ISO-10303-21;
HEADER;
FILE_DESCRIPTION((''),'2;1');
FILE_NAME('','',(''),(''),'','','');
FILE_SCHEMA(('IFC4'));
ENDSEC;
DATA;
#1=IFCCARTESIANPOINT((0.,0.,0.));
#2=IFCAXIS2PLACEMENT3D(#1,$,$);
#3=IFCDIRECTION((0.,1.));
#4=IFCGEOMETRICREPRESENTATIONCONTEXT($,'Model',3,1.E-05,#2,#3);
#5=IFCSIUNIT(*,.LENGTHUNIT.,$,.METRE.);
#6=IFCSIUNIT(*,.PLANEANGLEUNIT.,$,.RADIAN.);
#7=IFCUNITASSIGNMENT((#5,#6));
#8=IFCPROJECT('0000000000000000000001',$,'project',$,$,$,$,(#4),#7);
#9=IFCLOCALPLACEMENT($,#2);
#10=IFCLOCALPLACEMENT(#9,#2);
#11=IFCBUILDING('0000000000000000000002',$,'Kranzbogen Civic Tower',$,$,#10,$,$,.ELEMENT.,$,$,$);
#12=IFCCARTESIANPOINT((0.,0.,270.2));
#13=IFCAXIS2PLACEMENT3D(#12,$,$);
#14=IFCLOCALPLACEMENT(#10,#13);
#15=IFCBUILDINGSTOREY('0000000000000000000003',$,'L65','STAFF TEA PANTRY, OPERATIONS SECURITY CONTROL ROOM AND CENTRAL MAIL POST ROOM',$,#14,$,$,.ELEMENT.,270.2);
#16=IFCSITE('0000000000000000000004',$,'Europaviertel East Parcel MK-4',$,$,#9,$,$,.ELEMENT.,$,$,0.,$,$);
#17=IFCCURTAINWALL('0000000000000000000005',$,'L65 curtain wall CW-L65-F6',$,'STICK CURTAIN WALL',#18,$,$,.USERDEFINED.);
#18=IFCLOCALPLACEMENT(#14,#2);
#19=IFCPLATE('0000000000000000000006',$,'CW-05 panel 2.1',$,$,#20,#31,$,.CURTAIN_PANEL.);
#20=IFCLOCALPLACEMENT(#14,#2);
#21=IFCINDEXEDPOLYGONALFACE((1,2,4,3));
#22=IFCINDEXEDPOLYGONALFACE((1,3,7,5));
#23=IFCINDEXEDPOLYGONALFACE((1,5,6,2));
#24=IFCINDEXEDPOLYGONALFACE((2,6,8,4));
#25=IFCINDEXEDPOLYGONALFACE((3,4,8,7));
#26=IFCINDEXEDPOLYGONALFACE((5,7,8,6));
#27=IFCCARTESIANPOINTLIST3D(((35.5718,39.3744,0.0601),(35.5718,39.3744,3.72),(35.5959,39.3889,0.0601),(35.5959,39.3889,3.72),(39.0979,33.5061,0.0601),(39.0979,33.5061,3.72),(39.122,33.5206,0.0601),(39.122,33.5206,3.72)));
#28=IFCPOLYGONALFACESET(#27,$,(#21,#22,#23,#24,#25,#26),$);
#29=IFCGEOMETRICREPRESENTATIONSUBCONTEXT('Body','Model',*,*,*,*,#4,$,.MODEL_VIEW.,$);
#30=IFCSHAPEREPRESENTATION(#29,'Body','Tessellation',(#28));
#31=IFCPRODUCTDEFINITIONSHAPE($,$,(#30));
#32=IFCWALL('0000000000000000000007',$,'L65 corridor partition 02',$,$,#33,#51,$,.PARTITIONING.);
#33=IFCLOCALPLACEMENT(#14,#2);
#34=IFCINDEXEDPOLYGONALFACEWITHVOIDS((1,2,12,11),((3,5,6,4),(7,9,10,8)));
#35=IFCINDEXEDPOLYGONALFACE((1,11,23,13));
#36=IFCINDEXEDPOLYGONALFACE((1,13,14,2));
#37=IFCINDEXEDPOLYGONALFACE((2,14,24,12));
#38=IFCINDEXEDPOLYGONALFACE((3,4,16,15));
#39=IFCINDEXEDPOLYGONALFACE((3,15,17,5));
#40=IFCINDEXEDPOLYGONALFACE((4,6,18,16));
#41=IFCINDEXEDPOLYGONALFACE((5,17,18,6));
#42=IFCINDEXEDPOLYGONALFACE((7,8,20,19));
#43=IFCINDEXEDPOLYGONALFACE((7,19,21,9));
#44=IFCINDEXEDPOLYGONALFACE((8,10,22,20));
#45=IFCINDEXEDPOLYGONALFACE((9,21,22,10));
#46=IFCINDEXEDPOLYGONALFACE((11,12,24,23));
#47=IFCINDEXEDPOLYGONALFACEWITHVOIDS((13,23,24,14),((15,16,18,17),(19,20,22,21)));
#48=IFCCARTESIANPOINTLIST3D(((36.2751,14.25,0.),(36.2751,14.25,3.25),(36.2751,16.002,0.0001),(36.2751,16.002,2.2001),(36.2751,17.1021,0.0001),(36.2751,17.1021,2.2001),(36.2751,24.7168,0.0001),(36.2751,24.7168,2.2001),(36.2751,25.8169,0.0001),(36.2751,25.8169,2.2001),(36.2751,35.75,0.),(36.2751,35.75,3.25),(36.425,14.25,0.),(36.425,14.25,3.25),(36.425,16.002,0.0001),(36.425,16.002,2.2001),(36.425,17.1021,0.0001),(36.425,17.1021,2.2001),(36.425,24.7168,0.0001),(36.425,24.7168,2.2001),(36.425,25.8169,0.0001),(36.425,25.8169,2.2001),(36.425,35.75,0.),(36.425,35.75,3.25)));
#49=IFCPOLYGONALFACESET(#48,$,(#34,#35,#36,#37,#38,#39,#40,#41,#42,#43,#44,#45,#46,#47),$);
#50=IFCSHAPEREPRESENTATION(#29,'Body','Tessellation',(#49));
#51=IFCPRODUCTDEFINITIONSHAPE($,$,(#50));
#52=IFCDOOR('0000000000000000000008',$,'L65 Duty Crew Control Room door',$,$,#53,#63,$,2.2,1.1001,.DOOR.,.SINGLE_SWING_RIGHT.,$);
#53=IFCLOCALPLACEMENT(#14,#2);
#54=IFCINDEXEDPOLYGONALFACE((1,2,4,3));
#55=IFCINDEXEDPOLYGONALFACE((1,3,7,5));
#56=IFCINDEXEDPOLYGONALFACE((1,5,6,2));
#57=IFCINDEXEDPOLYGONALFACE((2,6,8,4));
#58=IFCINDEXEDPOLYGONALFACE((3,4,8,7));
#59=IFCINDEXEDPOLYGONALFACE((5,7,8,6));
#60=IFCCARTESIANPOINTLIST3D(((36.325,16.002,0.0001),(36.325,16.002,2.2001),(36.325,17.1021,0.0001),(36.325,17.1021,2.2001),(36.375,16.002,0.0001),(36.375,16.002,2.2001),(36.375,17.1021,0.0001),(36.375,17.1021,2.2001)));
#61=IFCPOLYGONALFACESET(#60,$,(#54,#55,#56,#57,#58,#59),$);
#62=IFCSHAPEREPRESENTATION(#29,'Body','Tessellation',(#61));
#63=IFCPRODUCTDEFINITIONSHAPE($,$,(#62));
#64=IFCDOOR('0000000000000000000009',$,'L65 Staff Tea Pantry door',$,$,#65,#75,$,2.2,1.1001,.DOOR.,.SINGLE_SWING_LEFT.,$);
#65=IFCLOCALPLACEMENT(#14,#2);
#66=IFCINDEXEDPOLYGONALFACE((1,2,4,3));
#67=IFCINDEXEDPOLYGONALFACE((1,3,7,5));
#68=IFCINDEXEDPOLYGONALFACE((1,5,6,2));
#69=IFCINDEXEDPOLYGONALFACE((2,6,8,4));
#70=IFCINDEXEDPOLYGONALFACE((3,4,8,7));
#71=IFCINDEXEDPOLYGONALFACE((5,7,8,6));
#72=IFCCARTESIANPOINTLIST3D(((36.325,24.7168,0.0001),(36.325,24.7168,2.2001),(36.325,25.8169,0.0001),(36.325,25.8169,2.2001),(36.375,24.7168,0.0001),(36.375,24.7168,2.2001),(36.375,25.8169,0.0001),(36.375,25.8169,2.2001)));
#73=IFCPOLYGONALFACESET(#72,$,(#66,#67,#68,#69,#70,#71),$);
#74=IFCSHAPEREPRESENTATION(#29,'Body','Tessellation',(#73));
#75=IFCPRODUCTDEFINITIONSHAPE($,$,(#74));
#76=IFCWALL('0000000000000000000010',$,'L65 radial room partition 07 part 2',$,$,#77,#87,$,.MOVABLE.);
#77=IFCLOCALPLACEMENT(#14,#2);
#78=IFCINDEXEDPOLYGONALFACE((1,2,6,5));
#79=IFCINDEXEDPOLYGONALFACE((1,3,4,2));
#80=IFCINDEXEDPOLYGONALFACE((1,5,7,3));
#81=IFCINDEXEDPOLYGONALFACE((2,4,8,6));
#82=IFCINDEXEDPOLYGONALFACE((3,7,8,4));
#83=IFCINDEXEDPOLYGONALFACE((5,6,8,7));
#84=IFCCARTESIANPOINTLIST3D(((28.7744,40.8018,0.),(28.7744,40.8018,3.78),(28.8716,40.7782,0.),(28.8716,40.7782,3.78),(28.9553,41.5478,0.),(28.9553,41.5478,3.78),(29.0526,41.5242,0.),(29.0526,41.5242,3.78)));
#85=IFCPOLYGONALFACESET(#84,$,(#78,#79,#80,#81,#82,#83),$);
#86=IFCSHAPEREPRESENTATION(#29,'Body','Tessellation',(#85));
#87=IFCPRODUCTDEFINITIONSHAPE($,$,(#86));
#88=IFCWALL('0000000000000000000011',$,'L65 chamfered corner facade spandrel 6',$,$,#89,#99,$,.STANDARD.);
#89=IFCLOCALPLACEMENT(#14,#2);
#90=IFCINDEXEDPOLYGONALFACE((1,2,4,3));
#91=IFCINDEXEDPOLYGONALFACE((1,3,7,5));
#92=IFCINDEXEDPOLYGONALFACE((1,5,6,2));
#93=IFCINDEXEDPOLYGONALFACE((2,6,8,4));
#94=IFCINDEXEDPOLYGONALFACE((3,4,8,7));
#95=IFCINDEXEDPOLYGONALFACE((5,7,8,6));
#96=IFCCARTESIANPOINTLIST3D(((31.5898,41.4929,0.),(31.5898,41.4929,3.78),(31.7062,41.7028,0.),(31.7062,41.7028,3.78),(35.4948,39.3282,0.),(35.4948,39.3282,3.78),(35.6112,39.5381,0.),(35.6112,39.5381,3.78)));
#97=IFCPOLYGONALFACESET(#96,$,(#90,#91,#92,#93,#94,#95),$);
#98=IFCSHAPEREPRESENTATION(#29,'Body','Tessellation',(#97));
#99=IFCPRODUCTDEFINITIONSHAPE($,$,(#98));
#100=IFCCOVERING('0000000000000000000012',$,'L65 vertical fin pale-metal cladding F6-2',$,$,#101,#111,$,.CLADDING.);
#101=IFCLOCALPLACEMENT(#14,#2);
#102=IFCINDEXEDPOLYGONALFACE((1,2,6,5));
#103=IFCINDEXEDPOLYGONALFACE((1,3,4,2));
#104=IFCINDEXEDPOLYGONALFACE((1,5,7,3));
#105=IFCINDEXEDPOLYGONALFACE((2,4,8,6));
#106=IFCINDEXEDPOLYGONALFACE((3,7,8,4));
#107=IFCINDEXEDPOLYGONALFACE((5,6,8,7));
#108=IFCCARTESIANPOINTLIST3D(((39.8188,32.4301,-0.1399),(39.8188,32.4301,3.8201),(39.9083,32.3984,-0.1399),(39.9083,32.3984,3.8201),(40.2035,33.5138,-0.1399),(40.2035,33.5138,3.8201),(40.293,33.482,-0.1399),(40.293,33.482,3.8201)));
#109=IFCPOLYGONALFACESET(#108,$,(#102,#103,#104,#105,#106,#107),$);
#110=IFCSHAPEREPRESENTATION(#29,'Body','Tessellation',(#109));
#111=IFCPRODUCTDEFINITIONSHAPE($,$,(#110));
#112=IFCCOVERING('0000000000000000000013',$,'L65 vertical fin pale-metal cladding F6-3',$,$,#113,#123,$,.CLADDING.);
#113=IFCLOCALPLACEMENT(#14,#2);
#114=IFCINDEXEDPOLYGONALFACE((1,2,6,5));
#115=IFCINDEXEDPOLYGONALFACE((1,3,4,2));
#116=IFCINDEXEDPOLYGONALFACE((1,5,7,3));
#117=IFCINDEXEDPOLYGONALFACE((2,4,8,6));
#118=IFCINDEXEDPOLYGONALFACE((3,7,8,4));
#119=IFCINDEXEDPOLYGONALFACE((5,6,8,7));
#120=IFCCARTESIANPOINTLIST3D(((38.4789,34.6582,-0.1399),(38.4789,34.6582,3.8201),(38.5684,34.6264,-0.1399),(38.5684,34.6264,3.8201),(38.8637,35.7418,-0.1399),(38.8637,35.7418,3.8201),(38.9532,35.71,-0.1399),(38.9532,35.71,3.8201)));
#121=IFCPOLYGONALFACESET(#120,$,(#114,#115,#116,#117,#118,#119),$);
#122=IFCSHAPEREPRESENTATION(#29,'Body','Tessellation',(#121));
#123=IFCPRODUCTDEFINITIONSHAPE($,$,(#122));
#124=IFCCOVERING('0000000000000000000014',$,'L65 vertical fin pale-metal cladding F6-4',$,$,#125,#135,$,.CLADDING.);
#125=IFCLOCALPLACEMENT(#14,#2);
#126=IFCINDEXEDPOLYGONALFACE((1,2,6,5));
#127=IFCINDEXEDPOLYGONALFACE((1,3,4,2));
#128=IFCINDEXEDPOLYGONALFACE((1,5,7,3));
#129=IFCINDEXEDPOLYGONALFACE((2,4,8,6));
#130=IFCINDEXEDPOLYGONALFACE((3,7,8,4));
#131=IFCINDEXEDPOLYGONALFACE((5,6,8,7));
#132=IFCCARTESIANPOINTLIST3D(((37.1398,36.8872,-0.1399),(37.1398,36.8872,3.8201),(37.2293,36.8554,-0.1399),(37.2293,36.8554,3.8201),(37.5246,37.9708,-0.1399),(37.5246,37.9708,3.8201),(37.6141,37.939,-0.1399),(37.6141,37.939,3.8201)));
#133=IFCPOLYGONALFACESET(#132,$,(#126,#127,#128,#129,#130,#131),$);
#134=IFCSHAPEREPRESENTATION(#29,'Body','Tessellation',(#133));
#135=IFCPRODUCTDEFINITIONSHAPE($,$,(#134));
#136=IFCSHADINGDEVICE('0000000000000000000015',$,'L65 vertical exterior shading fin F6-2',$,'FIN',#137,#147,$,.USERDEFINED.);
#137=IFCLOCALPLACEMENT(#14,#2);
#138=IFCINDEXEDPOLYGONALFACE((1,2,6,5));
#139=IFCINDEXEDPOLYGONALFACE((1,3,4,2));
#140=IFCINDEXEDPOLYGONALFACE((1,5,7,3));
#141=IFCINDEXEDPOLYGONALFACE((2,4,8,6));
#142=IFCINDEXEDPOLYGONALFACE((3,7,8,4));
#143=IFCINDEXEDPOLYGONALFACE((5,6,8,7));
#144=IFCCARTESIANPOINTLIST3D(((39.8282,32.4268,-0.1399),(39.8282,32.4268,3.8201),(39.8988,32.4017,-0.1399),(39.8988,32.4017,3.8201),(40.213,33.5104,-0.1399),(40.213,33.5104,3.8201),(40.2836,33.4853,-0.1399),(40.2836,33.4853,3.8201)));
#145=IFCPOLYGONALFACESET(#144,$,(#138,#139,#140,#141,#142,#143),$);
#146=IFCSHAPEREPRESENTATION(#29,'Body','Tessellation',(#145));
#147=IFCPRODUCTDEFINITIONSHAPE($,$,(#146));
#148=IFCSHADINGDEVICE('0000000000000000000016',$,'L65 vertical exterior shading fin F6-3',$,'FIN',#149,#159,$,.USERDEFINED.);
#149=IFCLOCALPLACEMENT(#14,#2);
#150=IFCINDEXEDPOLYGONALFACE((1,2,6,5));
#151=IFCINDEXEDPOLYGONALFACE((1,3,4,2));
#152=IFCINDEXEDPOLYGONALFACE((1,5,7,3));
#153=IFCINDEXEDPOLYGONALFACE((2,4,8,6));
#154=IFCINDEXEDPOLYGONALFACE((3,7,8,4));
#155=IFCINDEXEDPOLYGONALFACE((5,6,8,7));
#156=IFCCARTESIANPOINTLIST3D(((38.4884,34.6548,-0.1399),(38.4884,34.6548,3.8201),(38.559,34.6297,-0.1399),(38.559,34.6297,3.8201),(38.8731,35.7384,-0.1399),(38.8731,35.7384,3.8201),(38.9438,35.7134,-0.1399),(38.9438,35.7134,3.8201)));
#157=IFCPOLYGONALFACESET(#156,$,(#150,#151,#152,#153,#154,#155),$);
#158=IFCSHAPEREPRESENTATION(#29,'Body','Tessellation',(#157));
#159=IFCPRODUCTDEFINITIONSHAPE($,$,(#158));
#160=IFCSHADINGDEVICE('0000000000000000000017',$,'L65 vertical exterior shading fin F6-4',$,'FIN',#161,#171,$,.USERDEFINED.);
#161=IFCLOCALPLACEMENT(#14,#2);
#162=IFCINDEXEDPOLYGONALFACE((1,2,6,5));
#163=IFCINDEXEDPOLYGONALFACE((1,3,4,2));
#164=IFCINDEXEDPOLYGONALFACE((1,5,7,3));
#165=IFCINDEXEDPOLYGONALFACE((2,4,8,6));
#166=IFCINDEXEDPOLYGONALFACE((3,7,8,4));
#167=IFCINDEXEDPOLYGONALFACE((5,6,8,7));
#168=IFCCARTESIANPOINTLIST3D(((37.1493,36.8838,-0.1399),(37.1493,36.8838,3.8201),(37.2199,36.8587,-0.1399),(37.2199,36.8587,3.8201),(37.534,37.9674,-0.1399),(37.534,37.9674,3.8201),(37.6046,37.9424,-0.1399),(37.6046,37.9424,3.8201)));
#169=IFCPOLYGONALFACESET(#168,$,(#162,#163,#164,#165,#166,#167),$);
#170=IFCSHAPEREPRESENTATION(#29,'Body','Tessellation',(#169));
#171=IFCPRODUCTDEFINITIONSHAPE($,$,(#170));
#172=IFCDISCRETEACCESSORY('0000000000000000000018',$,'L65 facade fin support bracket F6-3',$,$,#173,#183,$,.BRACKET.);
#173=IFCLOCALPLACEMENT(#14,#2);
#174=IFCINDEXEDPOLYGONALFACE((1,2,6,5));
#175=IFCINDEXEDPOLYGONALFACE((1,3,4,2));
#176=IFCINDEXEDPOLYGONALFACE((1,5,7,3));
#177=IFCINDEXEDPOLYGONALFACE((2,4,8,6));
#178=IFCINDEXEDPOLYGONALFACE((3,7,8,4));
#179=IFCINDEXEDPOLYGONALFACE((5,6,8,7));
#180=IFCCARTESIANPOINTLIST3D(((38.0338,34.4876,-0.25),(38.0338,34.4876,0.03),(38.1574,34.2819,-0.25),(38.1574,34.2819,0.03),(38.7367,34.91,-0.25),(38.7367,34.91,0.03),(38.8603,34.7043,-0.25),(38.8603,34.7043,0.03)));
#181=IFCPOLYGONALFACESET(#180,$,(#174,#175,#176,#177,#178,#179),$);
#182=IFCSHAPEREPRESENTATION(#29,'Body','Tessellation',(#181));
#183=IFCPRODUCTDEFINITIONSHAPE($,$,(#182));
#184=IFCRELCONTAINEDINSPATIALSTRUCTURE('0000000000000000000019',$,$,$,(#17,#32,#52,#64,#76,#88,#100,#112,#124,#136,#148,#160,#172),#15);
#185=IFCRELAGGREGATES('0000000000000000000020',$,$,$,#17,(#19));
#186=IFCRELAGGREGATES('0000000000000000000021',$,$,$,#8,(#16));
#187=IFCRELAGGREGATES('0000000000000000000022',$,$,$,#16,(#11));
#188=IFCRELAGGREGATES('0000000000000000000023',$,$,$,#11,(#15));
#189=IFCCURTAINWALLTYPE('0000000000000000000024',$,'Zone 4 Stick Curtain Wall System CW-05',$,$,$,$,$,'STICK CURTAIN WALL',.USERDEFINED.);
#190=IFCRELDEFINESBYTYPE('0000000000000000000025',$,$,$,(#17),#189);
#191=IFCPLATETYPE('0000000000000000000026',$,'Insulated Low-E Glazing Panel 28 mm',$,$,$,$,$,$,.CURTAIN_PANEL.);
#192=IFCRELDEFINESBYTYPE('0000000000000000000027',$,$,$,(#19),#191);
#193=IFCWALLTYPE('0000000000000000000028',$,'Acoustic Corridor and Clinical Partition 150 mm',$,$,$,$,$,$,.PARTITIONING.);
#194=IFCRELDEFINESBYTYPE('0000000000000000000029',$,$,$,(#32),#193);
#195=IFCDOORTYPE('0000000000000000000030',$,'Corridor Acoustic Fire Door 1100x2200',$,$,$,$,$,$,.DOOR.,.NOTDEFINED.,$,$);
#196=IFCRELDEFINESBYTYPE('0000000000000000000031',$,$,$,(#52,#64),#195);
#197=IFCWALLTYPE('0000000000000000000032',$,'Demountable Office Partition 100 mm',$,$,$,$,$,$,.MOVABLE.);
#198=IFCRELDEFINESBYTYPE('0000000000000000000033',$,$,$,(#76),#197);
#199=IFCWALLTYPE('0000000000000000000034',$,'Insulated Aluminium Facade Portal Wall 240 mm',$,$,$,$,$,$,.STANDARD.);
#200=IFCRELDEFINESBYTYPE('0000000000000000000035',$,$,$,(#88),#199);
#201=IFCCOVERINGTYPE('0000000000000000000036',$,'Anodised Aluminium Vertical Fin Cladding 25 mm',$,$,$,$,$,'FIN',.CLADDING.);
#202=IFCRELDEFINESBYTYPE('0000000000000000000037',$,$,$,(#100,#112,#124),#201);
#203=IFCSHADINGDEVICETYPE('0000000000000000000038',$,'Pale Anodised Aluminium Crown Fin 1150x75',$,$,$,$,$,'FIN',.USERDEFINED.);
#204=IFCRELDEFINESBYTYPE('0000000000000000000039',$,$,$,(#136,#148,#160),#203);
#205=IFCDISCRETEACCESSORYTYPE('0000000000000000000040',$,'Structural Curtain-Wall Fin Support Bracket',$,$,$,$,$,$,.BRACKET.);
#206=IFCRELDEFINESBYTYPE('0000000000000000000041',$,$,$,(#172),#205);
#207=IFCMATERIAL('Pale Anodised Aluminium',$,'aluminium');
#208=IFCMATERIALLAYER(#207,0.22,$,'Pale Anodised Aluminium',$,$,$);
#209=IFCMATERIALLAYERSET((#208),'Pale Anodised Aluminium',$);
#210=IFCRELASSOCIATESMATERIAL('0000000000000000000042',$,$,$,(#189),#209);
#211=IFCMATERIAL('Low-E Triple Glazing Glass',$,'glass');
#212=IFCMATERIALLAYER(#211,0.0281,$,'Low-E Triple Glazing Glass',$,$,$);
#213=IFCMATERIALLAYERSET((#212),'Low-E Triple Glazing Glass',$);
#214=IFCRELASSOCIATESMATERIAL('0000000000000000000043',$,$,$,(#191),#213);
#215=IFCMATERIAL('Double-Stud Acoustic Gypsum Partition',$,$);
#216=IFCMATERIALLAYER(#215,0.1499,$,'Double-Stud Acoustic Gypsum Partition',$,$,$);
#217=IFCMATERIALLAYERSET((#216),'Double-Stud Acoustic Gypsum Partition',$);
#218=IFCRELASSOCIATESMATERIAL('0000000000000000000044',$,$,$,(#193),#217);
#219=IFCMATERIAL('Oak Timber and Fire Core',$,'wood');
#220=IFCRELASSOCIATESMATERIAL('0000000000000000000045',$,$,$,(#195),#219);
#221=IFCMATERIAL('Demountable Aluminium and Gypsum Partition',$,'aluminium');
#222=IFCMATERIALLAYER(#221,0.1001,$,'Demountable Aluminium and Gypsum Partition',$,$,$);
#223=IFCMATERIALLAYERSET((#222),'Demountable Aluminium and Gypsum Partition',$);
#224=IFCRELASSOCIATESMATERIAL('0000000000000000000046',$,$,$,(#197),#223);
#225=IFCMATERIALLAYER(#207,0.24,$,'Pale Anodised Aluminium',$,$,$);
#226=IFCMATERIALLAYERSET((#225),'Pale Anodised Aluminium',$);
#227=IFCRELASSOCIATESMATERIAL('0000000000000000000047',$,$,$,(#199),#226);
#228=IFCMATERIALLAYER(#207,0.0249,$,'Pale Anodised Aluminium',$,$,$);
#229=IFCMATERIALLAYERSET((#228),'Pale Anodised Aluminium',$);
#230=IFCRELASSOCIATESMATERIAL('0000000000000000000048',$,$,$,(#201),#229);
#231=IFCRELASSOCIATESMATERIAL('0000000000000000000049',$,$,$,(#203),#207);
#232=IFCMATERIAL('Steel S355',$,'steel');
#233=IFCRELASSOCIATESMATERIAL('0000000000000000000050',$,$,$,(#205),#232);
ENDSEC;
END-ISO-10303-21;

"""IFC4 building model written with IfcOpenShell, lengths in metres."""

from ifc_helpers import new_model, si_unit, direction, frame, frame_2d, origin, origin_2d, place, context, subcontext, project, spatial, rectangle, extrude, material, layer, layer_set, type_object, element, fill, aggregate, save


model = new_model("IFC4")

# Units and contexts
model_context = context("Model", 3, precision=1e-05, world=origin(), true_north=direction((0.0, 1.0)))
body_context = subcontext(model_context, "Body", "Model", "MODEL_VIEW")
ifc_project = project(units=[si_unit("LENGTHUNIT", "METRE"), si_unit("PLANEANGLEUNIT", "RADIAN")], contexts=[model_context])

# Site, building, storey
site_placement = place(None, origin())
site = spatial("IfcSite", under=ifc_project, at=site_placement, Name="Europaviertel East Parcel MK-4", CompositionType="ELEMENT", RefElevation=0.0)
building_placement = place(site_placement, origin())
building = spatial("IfcBuilding", under=site, at=building_placement, Name="Kranzbogen Civic Tower", CompositionType="ELEMENT")
storey_placement = place(building_placement, frame((0.0, 0.0, 270.2)))
storey = spatial("IfcBuildingStorey", under=building, at=storey_placement, Name="L65", Description="STAFF TEA PANTRY, OPERATIONS SECURITY CONTROL ROOM AND CENTRAL MAIL POST ROOM", CompositionType="ELEMENT", Elevation=270.2)

# Shared definitions
ifc_material_1 = material(Name="Steel S355", Category="steel")

# Shared definitions
ifc_material_2 = material(Name="Pale Anodised Aluminium", Category="aluminium")
ifc_layer_1 = layer(ifc_material_2, 0.22, Name="Pale Anodised Aluminium")
ifc_layer_set_1 = layer_set([ifc_layer_1], Name="Pale Anodised Aluminium")
curtain_wall_type = type_object("IfcCurtainWallType", Name="Zone 4 Stick Curtain Wall System CW-05", ElementType="STICK CURTAIN WALL", PredefinedType="USERDEFINED", material=ifc_layer_set_1)

# Curtain wall
curtain_wall_1_placement = place(storey_placement, origin())
curtain_wall_1 = element("IfcCurtainWall", 1, at=curtain_wall_1_placement, inside=storey, type_object=curtain_wall_type, Name="L65 curtain wall CW-L65-F6", ObjectType="STICK CURTAIN WALL", PredefinedType="USERDEFINED")

# Plate
ifc_material_3 = material(Name="Low-E Triple Glazing Glass", Category="glass")
ifc_layer_2 = layer(ifc_material_3, 0.0281, Name="Low-E Triple Glazing Glass")
ifc_layer_set_2 = layer_set([ifc_layer_2], Name="Low-E Triple Glazing Glass")
plate_type = type_object("IfcPlateType", Name="Insulated Low-E Glazing Panel 28 mm", PredefinedType="CURTAIN_PANEL", material=ifc_layer_set_2)
plate_placement = place(storey_placement, frame((37.3469, 36.4475, 0.0601), z_axis=(0.0, 0.0, 1.0), x_axis=(-0.515047, 0.857162, 0.0)))
plate = element("IfcPlate", 2, at=plate_placement, type_object=plate_type, Name="CW-05 panel 2.1", PredefinedType="CURTAIN_PANEL", context=body_context, shape_type="SweptSolid", body=[
    extrude(rectangle(XDim=6.8462, YDim=0.0281, at=origin_2d()), origin(), (0.0, 0.0, 1.0), 3.6599),
])
aggregate(curtain_wall_1, [plate])

# Wall, openings, doors
ifc_material_4 = material(Name="Double-Stud Acoustic Gypsum Partition")
ifc_layer_3 = layer(ifc_material_4, 0.1499, Name="Double-Stud Acoustic Gypsum Partition")
ifc_layer_set_3 = layer_set([ifc_layer_3], Name="Double-Stud Acoustic Gypsum Partition")
wall_type_1 = type_object("IfcWallType", Name="Acoustic Corridor and Clinical Partition 150 mm", PredefinedType="PARTITIONING", material=ifc_layer_set_3)
wall_1_placement = place(storey_placement, frame((36.3501, 35.75, 0.0), z_axis=(0.0, 0.0, 1.0), x_axis=(0.0, -1.0, 0.0)))
wall_1 = element("IfcWall", 3, at=wall_1_placement, inside=storey, type_object=wall_type_1, Name="L65 corridor partition 02", PredefinedType="PARTITIONING", context=body_context, shape_type="SweptSolid", body=[
    extrude(rectangle(XDim=21.5, YDim=0.1499, at=frame_2d((10.75, 0.0))), origin(), (0.0, 0.0, 1.0), 3.25),
])
opening_1_placement = place(wall_1_placement, frame((18.6479, 0.0, 0.0)))
opening_1 = element("IfcOpeningElement", 4, at=opening_1_placement, cuts=wall_1, PredefinedType="OPENING", context=body_context, shape_type="SweptSolid", body=[
    extrude(rectangle(XDim=1.1001, YDim=2.2, at=frame_2d((0.55, 1.1001))), frame((0.0, 0.085, 0.0), z_axis=(0.0, -1.0, 0.0), x_axis=(1.0, 0.0, 0.0)), (0.0, 0.0, 1.0), 0.1699),
])
opening_2_placement = place(wall_1_placement, frame((9.9331, 0.0, 0.0)))
opening_2 = element("IfcOpeningElement", 5, at=opening_2_placement, cuts=wall_1, PredefinedType="OPENING", context=body_context, shape_type="SweptSolid", body=[
    extrude(rectangle(XDim=1.1001, YDim=2.2, at=frame_2d((0.55, 1.1001))), frame((0.0, 0.085, 0.0), z_axis=(0.0, -1.0, 0.0), x_axis=(1.0, 0.0, 0.0)), (0.0, 0.0, 1.0), 0.1699),
])
ifc_material_5 = material(Name="Oak Timber and Fire Core", Category="wood")
door_type = type_object("IfcDoorType", Name="Corridor Acoustic Fire Door 1100x2200", OperationType="NOTDEFINED", PredefinedType="DOOR", material=ifc_material_5)
door_1_placement = place(opening_1_placement, origin())
door_1 = element("IfcDoor", 6, at=door_1_placement, inside=storey, type_object=door_type, Name="L65 Duty Crew Control Room door", OperationType="SINGLE_SWING_RIGHT", OverallHeight=2.2, OverallWidth=1.1001, PredefinedType="DOOR", context=body_context, shape_type="SweptSolid", body=[
    extrude(rectangle(XDim=1.1001, YDim=2.2, at=frame_2d((0.55, 1.1001))), frame((0.0, 0.0249, 0.0), z_axis=(0.0, -1.0, 0.0), x_axis=(1.0, 0.0, 0.0)), (0.0, 0.0, 1.0), 0.05),
])
fill(opening_1, door_1)
door_2_placement = place(opening_2_placement, origin())
door_2 = element("IfcDoor", 7, at=door_2_placement, inside=storey, type_object=door_type, Name="L65 Staff Tea Pantry door", OperationType="SINGLE_SWING_LEFT", OverallHeight=2.2, OverallWidth=1.1001, PredefinedType="DOOR", context=body_context, shape_type="SweptSolid", body=[
    extrude(rectangle(XDim=1.1001, YDim=2.2, at=frame_2d((0.55, 1.1001))), frame((0.0, 0.0249, 0.0), z_axis=(0.0, -1.0, 0.0), x_axis=(1.0, 0.0, 0.0)), (0.0, 0.0, 1.0), 0.05),
])
fill(opening_2, door_2)

# Walls
ifc_material_6 = material(Name="Demountable Aluminium and Gypsum Partition", Category="aluminium")
ifc_layer_4 = layer(ifc_material_6, 0.1001, Name="Demountable Aluminium and Gypsum Partition")
ifc_layer_set_4 = layer_set([ifc_layer_4], Name="Demountable Aluminium and Gypsum Partition")
wall_type_2 = type_object("IfcWallType", Name="Demountable Office Partition 100 mm", PredefinedType="MOVABLE", material=ifc_layer_set_4)
wall_2_placement = place(storey_placement, frame((28.823, 40.79, 0.0), z_axis=(0.0, 0.0, 1.0), x_axis=(0.235718, 0.971821, 0.0)))
element("IfcWall", 8, at=wall_2_placement, inside=storey, type_object=wall_type_2, Name="L65 radial room partition 07 part 2", PredefinedType="MOVABLE", context=body_context, shape_type="SweptSolid", body=[
    extrude(rectangle(XDim=0.7676, YDim=0.1001, at=frame_2d((0.3838, 0.0))), origin(), (0.0, 0.0, 1.0), 3.78),
])
ifc_layer_5 = layer(ifc_material_2, 0.24, Name="Pale Anodised Aluminium")
ifc_layer_set_5 = layer_set([ifc_layer_5], Name="Pale Anodised Aluminium")
wall_type_3 = type_object("IfcWallType", Name="Insulated Aluminium Facade Portal Wall 240 mm", PredefinedType="STANDARD", material=ifc_layer_set_5)
wall_3_placement = place(storey_placement, frame((35.553, 39.4331, 0.0), z_axis=(0.0, 0.0, 1.0), x_axis=(-0.874601, 0.484844, 0.0)))
element("IfcWall", 9, at=wall_3_placement, inside=storey, type_object=wall_type_3, Name="L65 chamfered corner facade spandrel 6", PredefinedType="STANDARD", context=body_context, shape_type="SweptSolid", body=[
    extrude(rectangle(XDim=4.4648, YDim=0.24, at=frame_2d((2.2324, 0.0))), origin(), (0.0, 0.0, 1.0), 3.78),
])

# Coverings
ifc_layer_6 = layer(ifc_material_2, 0.0249, Name="Pale Anodised Aluminium")
ifc_layer_set_6 = layer_set([ifc_layer_6], Name="Pale Anodised Aluminium")
covering_type = type_object("IfcCoveringType", Name="Anodised Aluminium Vertical Fin Cladding 25 mm", ElementType="FIN", PredefinedType="CLADDING", material=ifc_layer_set_6)
for number, where, z_axis, x_axis, name in (
    (10, (40.0559, 32.9561, -0.1399), (0.0, 0.0, 1.0), (0.334596, 0.942362, 0.0), "L65 vertical fin pale-metal cladding F6-2"),
    (11, (38.7161, 35.1841, -0.1399), (0.0, 0.0, 1.0), (0.334596, 0.942362, 0.0), "L65 vertical fin pale-metal cladding F6-3"),
    (12, (37.377, 37.4131, -0.1399), (0.0, 0.0, 1.0), (0.334596, 0.942362, 0.0), "L65 vertical fin pale-metal cladding F6-4"),
):
    element("IfcCovering", number, at=place(storey_placement, frame(where, z_axis=z_axis, x_axis=x_axis)), inside=storey, type_object=covering_type, Name=name, PredefinedType="CLADDING", context=body_context, shape_type="SweptSolid", body=[
        extrude(rectangle(XDim=1.1499, YDim=0.095, at=origin_2d()), origin(), (0.0, 0.0, 1.0), 3.96),
    ])

# Shading devices
shading_device_type = type_object("IfcShadingDeviceType", Name="Pale Anodised Aluminium Crown Fin 1150x75", ElementType="FIN", PredefinedType="USERDEFINED", material=ifc_material_2)
for number, where, z_axis, x_axis, name in (
    (13, (40.0559, 32.9561, -0.1399), (0.0, 0.0, 1.0), (0.334596, 0.942362, 0.0), "L65 vertical exterior shading fin F6-2"),
    (14, (38.7161, 35.1841, -0.1399), (0.0, 0.0, 1.0), (0.334596, 0.942362, 0.0), "L65 vertical exterior shading fin F6-3"),
    (15, (37.377, 37.4131, -0.1399), (0.0, 0.0, 1.0), (0.334596, 0.942362, 0.0), "L65 vertical exterior shading fin F6-4"),
):
    element("IfcShadingDevice", number, at=place(storey_placement, frame(where, z_axis=z_axis, x_axis=x_axis)), inside=storey, type_object=shading_device_type, Name=name, ObjectType="FIN", PredefinedType="USERDEFINED", context=body_context, shape_type="SweptSolid", body=[
        extrude(rectangle(XDim=1.1499, YDim=0.075, at=origin_2d()), origin(), (0.0, 0.0, 1.0), 3.96),
    ])

# Discrete accessory
discrete_accessory_type = type_object("IfcDiscreteAccessoryType", Name="Structural Curtain-Wall Fin Support Bracket", PredefinedType="BRACKET", material=ifc_material_1)
for number, where, z_axis, x_axis, name in (
    (16, (38.447, 34.5959, -0.25), (0.0, 0.0, 1.0), (0.857167, 0.515038, 0.0), "L65 facade fin support bracket F6-3"),
):
    element("IfcDiscreteAccessory", number, at=place(storey_placement, frame(where, z_axis=z_axis, x_axis=x_axis)), inside=storey, type_object=discrete_accessory_type, Name=name, PredefinedType="BRACKET", context=body_context, shape_type="SweptSolid", body=[
        extrude(rectangle(XDim=0.8201, YDim=0.24, at=origin_2d()), origin(), (0.0, 0.0, 1.0), 0.28),
    ])

save(model, "model.ifc")
